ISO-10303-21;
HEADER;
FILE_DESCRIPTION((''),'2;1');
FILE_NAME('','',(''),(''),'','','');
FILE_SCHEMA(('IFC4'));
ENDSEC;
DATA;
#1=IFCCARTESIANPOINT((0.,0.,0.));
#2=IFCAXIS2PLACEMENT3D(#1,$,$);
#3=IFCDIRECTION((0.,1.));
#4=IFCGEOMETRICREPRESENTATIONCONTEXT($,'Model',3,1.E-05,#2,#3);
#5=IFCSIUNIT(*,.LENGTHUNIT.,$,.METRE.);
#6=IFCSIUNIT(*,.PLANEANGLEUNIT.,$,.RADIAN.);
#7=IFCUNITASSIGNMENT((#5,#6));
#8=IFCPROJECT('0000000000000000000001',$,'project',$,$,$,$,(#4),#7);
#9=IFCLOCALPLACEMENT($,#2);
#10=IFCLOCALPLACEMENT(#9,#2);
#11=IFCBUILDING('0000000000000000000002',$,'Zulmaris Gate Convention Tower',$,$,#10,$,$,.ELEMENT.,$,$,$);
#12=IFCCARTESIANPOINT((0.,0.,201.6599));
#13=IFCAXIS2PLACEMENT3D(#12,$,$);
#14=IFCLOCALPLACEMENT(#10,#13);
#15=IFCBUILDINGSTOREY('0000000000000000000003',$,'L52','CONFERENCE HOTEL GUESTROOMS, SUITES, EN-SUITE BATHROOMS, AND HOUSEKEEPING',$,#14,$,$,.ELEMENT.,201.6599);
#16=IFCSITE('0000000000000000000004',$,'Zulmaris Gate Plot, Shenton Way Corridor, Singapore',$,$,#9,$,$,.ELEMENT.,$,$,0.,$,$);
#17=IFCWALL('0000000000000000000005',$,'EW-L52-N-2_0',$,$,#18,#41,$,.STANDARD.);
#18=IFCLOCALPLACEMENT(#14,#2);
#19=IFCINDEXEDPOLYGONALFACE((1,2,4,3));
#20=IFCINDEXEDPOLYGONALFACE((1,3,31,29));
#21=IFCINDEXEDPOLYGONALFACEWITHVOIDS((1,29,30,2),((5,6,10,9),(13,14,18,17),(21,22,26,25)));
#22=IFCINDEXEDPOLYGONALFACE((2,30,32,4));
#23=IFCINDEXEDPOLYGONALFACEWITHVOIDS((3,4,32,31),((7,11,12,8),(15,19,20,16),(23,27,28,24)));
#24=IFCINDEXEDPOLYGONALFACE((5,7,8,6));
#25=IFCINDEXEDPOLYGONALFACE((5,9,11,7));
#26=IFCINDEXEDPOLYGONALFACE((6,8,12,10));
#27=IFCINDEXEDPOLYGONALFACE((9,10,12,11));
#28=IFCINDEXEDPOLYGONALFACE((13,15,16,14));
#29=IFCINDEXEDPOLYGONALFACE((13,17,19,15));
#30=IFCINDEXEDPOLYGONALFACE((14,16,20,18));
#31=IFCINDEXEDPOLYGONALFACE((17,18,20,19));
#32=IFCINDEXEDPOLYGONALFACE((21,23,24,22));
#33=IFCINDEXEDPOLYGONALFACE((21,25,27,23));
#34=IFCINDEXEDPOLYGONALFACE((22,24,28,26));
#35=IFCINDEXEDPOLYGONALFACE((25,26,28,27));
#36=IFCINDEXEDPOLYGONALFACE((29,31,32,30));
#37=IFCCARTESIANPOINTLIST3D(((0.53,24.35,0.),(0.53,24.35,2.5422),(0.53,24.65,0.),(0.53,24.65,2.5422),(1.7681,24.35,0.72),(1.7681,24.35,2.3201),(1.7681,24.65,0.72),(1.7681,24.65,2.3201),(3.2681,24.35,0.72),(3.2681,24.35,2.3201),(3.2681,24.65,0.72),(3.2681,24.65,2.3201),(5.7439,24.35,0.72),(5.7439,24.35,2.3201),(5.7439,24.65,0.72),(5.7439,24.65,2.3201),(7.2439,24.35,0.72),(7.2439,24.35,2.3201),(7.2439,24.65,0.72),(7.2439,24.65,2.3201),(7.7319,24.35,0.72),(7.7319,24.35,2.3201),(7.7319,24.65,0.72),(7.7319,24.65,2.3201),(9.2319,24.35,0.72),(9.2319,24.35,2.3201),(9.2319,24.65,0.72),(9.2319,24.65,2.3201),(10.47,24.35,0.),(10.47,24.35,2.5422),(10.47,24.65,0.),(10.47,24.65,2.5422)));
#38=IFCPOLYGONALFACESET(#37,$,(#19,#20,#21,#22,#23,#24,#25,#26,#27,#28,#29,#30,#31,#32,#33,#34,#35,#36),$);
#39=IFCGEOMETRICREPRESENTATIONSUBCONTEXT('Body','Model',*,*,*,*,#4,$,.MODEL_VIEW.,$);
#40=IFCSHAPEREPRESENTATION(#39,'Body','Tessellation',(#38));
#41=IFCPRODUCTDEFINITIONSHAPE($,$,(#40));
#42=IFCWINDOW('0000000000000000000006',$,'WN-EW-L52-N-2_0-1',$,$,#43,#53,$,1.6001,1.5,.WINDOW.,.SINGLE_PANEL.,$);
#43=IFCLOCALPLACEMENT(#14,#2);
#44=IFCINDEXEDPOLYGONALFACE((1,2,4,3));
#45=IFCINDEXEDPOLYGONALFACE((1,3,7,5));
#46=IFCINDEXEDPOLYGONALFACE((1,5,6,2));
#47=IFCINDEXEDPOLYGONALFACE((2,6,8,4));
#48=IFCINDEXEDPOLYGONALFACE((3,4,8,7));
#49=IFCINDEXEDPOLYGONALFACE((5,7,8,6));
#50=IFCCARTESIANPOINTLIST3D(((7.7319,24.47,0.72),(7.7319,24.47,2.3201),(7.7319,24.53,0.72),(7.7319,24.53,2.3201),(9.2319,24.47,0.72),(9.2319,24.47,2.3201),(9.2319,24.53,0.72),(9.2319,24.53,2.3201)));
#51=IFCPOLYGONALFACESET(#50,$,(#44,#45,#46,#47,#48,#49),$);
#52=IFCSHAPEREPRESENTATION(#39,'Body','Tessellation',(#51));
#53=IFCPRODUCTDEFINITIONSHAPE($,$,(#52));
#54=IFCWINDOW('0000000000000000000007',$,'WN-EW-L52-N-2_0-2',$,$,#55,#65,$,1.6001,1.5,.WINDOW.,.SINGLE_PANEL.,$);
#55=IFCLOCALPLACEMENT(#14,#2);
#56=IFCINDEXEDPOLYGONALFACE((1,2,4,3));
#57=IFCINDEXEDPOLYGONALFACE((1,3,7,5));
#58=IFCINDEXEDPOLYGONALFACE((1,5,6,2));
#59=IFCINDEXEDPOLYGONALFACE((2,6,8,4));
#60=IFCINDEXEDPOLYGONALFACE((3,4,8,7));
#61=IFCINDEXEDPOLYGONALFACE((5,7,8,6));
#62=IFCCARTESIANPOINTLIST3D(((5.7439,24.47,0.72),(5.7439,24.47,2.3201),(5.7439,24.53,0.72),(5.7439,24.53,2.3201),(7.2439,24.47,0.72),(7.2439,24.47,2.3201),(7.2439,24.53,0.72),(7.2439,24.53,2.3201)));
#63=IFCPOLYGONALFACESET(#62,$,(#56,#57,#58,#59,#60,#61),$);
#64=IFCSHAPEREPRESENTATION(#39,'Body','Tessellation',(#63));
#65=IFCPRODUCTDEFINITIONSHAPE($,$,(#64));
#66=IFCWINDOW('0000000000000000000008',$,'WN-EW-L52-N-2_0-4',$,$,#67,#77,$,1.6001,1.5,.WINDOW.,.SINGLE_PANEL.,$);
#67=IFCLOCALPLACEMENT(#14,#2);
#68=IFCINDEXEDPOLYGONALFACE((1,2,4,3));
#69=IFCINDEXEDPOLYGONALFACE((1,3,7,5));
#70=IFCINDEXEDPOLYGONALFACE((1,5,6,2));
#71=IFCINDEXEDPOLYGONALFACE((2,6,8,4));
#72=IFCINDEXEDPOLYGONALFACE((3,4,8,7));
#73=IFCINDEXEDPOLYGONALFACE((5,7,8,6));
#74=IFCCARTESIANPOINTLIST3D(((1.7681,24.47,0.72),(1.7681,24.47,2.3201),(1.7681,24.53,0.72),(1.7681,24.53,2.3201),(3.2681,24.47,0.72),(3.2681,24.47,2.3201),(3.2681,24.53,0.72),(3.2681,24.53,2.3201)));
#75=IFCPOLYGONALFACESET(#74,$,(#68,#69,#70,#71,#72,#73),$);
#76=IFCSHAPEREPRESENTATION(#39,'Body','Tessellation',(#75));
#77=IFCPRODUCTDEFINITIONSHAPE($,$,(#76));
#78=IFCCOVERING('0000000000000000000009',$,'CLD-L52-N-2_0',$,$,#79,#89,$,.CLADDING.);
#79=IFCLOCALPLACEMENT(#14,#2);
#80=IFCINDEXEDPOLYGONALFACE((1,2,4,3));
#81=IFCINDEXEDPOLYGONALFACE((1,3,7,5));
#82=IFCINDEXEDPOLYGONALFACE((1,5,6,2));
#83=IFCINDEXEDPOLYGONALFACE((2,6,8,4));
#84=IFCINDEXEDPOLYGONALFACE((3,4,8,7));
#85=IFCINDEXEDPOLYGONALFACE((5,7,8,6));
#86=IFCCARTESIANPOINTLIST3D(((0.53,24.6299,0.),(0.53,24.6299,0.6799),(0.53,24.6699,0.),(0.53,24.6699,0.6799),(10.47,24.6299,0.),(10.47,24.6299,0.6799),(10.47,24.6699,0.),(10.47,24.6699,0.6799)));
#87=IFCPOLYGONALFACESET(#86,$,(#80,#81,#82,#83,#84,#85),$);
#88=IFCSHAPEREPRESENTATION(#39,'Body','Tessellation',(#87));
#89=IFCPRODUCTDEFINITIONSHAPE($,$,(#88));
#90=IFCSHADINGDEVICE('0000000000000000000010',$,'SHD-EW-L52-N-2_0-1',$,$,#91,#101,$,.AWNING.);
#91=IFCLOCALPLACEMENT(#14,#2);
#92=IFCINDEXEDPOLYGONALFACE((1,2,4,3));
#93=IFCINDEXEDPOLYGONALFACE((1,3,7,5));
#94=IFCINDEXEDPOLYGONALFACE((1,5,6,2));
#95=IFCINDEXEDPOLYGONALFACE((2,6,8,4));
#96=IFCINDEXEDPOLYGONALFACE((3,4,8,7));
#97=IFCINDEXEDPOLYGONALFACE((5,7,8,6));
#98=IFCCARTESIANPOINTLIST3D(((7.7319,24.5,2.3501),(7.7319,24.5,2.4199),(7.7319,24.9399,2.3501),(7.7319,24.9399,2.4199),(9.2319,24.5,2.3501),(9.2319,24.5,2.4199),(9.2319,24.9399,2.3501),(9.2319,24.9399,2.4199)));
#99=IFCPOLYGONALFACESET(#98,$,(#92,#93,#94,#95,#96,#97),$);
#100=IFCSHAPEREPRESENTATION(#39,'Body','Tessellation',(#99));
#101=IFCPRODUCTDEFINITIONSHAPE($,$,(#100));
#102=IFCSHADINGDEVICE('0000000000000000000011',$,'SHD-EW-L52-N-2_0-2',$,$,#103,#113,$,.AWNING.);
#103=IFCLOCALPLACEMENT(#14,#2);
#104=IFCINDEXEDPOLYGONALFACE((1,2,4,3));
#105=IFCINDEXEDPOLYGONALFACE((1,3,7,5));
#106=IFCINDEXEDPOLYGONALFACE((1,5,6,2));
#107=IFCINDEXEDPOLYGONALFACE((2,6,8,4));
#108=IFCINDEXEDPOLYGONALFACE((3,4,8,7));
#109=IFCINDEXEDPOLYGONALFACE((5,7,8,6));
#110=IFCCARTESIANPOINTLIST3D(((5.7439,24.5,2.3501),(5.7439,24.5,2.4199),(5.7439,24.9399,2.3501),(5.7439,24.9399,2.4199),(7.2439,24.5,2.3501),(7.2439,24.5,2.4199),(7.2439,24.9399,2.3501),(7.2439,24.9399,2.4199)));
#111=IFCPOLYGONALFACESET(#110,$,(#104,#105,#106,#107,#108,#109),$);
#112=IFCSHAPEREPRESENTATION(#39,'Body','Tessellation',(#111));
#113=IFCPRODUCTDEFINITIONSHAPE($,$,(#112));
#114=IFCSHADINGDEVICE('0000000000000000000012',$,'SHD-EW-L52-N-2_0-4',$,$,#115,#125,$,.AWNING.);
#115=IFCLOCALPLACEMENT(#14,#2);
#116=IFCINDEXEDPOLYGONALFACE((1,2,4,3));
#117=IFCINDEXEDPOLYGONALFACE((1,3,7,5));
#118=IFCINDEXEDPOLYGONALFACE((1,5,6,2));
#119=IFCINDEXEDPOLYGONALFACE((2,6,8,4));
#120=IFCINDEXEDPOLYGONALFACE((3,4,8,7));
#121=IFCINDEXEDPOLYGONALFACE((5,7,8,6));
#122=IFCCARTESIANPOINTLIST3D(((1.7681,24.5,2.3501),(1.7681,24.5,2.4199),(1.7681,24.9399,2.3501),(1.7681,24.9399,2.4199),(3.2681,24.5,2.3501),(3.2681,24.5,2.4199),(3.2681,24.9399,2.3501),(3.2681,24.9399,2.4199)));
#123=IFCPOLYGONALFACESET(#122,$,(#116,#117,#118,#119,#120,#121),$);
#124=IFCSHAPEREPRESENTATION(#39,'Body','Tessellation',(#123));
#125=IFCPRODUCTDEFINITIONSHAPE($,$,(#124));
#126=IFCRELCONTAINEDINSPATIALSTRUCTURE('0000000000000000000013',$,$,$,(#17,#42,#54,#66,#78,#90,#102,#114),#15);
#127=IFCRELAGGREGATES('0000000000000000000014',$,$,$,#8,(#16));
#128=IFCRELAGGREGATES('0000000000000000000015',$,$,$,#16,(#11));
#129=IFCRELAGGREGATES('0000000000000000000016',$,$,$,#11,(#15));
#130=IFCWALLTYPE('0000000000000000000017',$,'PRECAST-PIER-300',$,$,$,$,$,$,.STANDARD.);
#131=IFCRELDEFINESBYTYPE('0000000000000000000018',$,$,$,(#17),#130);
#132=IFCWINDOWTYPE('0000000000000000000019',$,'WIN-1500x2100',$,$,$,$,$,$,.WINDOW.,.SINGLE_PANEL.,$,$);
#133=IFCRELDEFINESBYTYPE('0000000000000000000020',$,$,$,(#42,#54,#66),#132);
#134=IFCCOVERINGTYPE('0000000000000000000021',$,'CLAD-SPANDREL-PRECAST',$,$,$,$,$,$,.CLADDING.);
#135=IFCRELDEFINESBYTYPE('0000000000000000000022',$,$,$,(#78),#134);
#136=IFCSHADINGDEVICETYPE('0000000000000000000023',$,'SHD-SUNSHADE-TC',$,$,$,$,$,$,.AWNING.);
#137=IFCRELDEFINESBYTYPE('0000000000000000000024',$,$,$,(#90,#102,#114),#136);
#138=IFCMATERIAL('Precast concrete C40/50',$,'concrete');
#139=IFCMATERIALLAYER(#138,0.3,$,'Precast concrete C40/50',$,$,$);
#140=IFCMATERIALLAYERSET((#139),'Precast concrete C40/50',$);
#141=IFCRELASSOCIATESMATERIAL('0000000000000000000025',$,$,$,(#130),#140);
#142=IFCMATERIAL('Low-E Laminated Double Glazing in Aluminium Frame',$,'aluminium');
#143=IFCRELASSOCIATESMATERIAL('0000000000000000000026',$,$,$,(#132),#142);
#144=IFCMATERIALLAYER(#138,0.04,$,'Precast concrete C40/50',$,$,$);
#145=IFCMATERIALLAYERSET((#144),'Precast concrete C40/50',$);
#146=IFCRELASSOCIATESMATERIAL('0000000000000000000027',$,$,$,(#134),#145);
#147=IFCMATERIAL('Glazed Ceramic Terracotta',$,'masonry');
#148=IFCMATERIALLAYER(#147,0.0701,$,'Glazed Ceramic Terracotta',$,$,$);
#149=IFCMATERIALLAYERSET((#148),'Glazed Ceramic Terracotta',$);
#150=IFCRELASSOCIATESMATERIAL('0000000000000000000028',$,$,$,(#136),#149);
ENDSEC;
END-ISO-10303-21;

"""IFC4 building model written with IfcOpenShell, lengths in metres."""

from ifc_helpers import new_model, si_unit, direction, frame, frame_2d, origin, place, context, subcontext, project, spatial, rectangle, extrude, material, layer, layer_set, type_object, element, fill, save


model = new_model("IFC4")

# Units and contexts
model_context = context("Model", 3, precision=1e-05, world=origin(), true_north=direction((0.0, 1.0)))
body_context = subcontext(model_context, "Body", "Model", "MODEL_VIEW")
ifc_project = project(units=[si_unit("LENGTHUNIT", "METRE"), si_unit("PLANEANGLEUNIT", "RADIAN")], contexts=[model_context])

# Site, building, storey
site_placement = place(None, origin())
site = spatial("IfcSite", under=ifc_project, at=site_placement, Name="Zulmaris Gate Plot, Shenton Way Corridor, Singapore", CompositionType="ELEMENT", RefElevation=0.0)
building_placement = place(site_placement, origin())
building = spatial("IfcBuilding", under=site, at=building_placement, Name="Zulmaris Gate Convention Tower", CompositionType="ELEMENT")
storey_placement = place(building_placement, frame((0.0, 0.0, 201.6599)))
storey = spatial("IfcBuildingStorey", under=building, at=storey_placement, Name="L52", Description="CONFERENCE HOTEL GUESTROOMS, SUITES, EN-SUITE BATHROOMS, AND HOUSEKEEPING", CompositionType="ELEMENT", Elevation=201.6599)

# Wall, openings, windows
ifc_material_1 = material(Name="Precast concrete C40/50", Category="concrete")
ifc_layer_1 = layer(ifc_material_1, 0.3, Name="Precast concrete C40/50")
ifc_layer_set_1 = layer_set([ifc_layer_1], Name="Precast concrete C40/50")
wall_type_1 = type_object("IfcWallType", Name="PRECAST-PIER-300", PredefinedType="STANDARD", material=ifc_layer_set_1)
wall_1_placement = place(storey_placement, frame((10.47, 24.5, 0.0), z_axis=(0.0, 0.0, 1.0), x_axis=(-1.0, 0.0, 0.0)))
wall_1 = element("IfcWall", 1, at=wall_1_placement, inside=storey, type_object=wall_type_1, Name="EW-L52-N-2_0", PredefinedType="STANDARD", context=body_context, shape_type="SweptSolid", body=[
    extrude(rectangle(XDim=9.9399, YDim=0.3, at=frame_2d((4.97, 0.0))), origin(), (0.0, 0.0, 1.0), 2.5422),
])
opening_1_placement = place(wall_1_placement, frame((1.238, 0.0, 0.72)))
opening_1 = element("IfcOpeningElement", 2, at=opening_1_placement, cuts=wall_1, PredefinedType="OPENING", context=body_context, shape_type="SweptSolid", body=[
    extrude(rectangle(XDim=1.5, YDim=1.6001, at=frame_2d((0.75, 0.8))), frame((0.0, 0.1602, 0.0), z_axis=(0.0, -1.0, 0.0), x_axis=(1.0, 0.0, 0.0)), (0.0, 0.0, 1.0), 0.3201),
])
opening_2_placement = place(wall_1_placement, frame((3.2261, 0.0, 0.72)))
opening_2 = element("IfcOpeningElement", 3, at=opening_2_placement, cuts=wall_1, PredefinedType="OPENING", context=body_context, shape_type="SweptSolid", body=[
    extrude(rectangle(XDim=1.5, YDim=1.6001, at=frame_2d((0.75, 0.8))), frame((0.0, 0.1602, 0.0), z_axis=(0.0, -1.0, 0.0), x_axis=(1.0, 0.0, 0.0)), (0.0, 0.0, 1.0), 0.3201),
])
opening_3_placement = place(wall_1_placement, frame((7.2019, 0.0, 0.72)))
opening_3 = element("IfcOpeningElement", 4, at=opening_3_placement, cuts=wall_1, PredefinedType="OPENING", context=body_context, shape_type="SweptSolid", body=[
    extrude(rectangle(XDim=1.5, YDim=1.6001, at=frame_2d((0.75, 0.8))), frame((0.0, 0.1602, 0.0), z_axis=(0.0, -1.0, 0.0), x_axis=(1.0, 0.0, 0.0)), (0.0, 0.0, 1.0), 0.3201),
])
ifc_material_2 = material(Name="Low-E Laminated Double Glazing in Aluminium Frame", Category="aluminium")
window_type = type_object("IfcWindowType", Name="WIN-1500x2100", PartitioningType="SINGLE_PANEL", PredefinedType="WINDOW", material=ifc_material_2)
window_1_placement = place(opening_1_placement, origin())
window_1 = element("IfcWindow", 5, at=window_1_placement, inside=storey, type_object=window_type, Name="WN-EW-L52-N-2_0-1", OverallHeight=1.6001, OverallWidth=1.5, PartitioningType="SINGLE_PANEL", PredefinedType="WINDOW", context=body_context, shape_type="SweptSolid", body=[
    extrude(rectangle(XDim=1.5, YDim=1.6001, at=frame_2d((0.75, 0.8))), frame((0.0, 0.03, 0.0), z_axis=(0.0, -1.0, 0.0), x_axis=(1.0, 0.0, 0.0)), (0.0, 0.0, 1.0), 0.0601),
])
fill(opening_1, window_1)
window_2_placement = place(opening_2_placement, origin())
window_2 = element("IfcWindow", 6, at=window_2_placement, inside=storey, type_object=window_type, Name="WN-EW-L52-N-2_0-2", OverallHeight=1.6001, OverallWidth=1.5, PartitioningType="SINGLE_PANEL", PredefinedType="WINDOW", context=body_context, shape_type="SweptSolid", body=[
    extrude(rectangle(XDim=1.5, YDim=1.6001, at=frame_2d((0.75, 0.8))), frame((0.0, 0.03, 0.0), z_axis=(0.0, -1.0, 0.0), x_axis=(1.0, 0.0, 0.0)), (0.0, 0.0, 1.0), 0.0601),
])
fill(opening_2, window_2)
window_3_placement = place(opening_3_placement, origin())
window_3 = element("IfcWindow", 7, at=window_3_placement, inside=storey, type_object=window_type, Name="WN-EW-L52-N-2_0-4", OverallHeight=1.6001, OverallWidth=1.5, PartitioningType="SINGLE_PANEL", PredefinedType="WINDOW", context=body_context, shape_type="SweptSolid", body=[
    extrude(rectangle(XDim=1.5, YDim=1.6001, at=frame_2d((0.75, 0.8))), frame((0.0, 0.03, 0.0), z_axis=(0.0, -1.0, 0.0), x_axis=(1.0, 0.0, 0.0)), (0.0, 0.0, 1.0), 0.0601),
])
fill(opening_3, window_3)

# Covering
ifc_layer_2 = layer(ifc_material_1, 0.04, Name="Precast concrete C40/50")
ifc_layer_set_2 = layer_set([ifc_layer_2], Name="Precast concrete C40/50")
covering_type = type_object("IfcCoveringType", Name="CLAD-SPANDREL-PRECAST", PredefinedType="CLADDING", material=ifc_layer_set_2)
covering_placement = place(storey_placement, frame((10.47, 24.6499, 0.0), z_axis=(0.0, 0.0, 1.0), x_axis=(-1.0, 0.0, 0.0)))
element("IfcCovering", 8, at=covering_placement, inside=storey, type_object=covering_type, Name="CLD-L52-N-2_0", PredefinedType="CLADDING", context=body_context, shape_type="SweptSolid", body=[
    extrude(rectangle(XDim=9.9399, YDim=0.04, at=frame_2d((4.97, 0.0))), origin(), (0.0, 0.0, 1.0), 0.6799),
])

# Shading devices
ifc_material_3 = material(Name="Glazed Ceramic Terracotta", Category="masonry")
ifc_layer_3 = layer(ifc_material_3, 0.0701, Name="Glazed Ceramic Terracotta")
ifc_layer_set_3 = layer_set([ifc_layer_3], Name="Glazed Ceramic Terracotta")
shading_device_type = type_object("IfcShadingDeviceType", Name="SHD-SUNSHADE-TC", PredefinedType="AWNING", material=ifc_layer_set_3)
for number, where, z_axis, x_axis, name in (
    (9, (9.2319, 24.72, 2.3501), (0.0, 0.0, 1.0), (-1.0, 0.0, 0.0), "SHD-EW-L52-N-2_0-1"),
    (10, (7.2439, 24.72, 2.3501), (0.0, 0.0, 1.0), (-1.0, 0.0, 0.0), "SHD-EW-L52-N-2_0-2"),
    (11, (3.2681, 24.72, 2.3501), (0.0, 0.0, 1.0), (-1.0, 0.0, 0.0), "SHD-EW-L52-N-2_0-4"),
):
    element("IfcShadingDevice", number, at=place(storey_placement, frame(where, z_axis=z_axis, x_axis=x_axis)), inside=storey, type_object=shading_device_type, Name=name, PredefinedType="AWNING", context=body_context, shape_type="SweptSolid", body=[
        extrude(rectangle(XDim=1.5, YDim=0.4399, at=frame_2d((0.75, 0.0))), origin(), (0.0, 0.0, 1.0), 0.0698),
    ])

save(model, "model.ifc")
